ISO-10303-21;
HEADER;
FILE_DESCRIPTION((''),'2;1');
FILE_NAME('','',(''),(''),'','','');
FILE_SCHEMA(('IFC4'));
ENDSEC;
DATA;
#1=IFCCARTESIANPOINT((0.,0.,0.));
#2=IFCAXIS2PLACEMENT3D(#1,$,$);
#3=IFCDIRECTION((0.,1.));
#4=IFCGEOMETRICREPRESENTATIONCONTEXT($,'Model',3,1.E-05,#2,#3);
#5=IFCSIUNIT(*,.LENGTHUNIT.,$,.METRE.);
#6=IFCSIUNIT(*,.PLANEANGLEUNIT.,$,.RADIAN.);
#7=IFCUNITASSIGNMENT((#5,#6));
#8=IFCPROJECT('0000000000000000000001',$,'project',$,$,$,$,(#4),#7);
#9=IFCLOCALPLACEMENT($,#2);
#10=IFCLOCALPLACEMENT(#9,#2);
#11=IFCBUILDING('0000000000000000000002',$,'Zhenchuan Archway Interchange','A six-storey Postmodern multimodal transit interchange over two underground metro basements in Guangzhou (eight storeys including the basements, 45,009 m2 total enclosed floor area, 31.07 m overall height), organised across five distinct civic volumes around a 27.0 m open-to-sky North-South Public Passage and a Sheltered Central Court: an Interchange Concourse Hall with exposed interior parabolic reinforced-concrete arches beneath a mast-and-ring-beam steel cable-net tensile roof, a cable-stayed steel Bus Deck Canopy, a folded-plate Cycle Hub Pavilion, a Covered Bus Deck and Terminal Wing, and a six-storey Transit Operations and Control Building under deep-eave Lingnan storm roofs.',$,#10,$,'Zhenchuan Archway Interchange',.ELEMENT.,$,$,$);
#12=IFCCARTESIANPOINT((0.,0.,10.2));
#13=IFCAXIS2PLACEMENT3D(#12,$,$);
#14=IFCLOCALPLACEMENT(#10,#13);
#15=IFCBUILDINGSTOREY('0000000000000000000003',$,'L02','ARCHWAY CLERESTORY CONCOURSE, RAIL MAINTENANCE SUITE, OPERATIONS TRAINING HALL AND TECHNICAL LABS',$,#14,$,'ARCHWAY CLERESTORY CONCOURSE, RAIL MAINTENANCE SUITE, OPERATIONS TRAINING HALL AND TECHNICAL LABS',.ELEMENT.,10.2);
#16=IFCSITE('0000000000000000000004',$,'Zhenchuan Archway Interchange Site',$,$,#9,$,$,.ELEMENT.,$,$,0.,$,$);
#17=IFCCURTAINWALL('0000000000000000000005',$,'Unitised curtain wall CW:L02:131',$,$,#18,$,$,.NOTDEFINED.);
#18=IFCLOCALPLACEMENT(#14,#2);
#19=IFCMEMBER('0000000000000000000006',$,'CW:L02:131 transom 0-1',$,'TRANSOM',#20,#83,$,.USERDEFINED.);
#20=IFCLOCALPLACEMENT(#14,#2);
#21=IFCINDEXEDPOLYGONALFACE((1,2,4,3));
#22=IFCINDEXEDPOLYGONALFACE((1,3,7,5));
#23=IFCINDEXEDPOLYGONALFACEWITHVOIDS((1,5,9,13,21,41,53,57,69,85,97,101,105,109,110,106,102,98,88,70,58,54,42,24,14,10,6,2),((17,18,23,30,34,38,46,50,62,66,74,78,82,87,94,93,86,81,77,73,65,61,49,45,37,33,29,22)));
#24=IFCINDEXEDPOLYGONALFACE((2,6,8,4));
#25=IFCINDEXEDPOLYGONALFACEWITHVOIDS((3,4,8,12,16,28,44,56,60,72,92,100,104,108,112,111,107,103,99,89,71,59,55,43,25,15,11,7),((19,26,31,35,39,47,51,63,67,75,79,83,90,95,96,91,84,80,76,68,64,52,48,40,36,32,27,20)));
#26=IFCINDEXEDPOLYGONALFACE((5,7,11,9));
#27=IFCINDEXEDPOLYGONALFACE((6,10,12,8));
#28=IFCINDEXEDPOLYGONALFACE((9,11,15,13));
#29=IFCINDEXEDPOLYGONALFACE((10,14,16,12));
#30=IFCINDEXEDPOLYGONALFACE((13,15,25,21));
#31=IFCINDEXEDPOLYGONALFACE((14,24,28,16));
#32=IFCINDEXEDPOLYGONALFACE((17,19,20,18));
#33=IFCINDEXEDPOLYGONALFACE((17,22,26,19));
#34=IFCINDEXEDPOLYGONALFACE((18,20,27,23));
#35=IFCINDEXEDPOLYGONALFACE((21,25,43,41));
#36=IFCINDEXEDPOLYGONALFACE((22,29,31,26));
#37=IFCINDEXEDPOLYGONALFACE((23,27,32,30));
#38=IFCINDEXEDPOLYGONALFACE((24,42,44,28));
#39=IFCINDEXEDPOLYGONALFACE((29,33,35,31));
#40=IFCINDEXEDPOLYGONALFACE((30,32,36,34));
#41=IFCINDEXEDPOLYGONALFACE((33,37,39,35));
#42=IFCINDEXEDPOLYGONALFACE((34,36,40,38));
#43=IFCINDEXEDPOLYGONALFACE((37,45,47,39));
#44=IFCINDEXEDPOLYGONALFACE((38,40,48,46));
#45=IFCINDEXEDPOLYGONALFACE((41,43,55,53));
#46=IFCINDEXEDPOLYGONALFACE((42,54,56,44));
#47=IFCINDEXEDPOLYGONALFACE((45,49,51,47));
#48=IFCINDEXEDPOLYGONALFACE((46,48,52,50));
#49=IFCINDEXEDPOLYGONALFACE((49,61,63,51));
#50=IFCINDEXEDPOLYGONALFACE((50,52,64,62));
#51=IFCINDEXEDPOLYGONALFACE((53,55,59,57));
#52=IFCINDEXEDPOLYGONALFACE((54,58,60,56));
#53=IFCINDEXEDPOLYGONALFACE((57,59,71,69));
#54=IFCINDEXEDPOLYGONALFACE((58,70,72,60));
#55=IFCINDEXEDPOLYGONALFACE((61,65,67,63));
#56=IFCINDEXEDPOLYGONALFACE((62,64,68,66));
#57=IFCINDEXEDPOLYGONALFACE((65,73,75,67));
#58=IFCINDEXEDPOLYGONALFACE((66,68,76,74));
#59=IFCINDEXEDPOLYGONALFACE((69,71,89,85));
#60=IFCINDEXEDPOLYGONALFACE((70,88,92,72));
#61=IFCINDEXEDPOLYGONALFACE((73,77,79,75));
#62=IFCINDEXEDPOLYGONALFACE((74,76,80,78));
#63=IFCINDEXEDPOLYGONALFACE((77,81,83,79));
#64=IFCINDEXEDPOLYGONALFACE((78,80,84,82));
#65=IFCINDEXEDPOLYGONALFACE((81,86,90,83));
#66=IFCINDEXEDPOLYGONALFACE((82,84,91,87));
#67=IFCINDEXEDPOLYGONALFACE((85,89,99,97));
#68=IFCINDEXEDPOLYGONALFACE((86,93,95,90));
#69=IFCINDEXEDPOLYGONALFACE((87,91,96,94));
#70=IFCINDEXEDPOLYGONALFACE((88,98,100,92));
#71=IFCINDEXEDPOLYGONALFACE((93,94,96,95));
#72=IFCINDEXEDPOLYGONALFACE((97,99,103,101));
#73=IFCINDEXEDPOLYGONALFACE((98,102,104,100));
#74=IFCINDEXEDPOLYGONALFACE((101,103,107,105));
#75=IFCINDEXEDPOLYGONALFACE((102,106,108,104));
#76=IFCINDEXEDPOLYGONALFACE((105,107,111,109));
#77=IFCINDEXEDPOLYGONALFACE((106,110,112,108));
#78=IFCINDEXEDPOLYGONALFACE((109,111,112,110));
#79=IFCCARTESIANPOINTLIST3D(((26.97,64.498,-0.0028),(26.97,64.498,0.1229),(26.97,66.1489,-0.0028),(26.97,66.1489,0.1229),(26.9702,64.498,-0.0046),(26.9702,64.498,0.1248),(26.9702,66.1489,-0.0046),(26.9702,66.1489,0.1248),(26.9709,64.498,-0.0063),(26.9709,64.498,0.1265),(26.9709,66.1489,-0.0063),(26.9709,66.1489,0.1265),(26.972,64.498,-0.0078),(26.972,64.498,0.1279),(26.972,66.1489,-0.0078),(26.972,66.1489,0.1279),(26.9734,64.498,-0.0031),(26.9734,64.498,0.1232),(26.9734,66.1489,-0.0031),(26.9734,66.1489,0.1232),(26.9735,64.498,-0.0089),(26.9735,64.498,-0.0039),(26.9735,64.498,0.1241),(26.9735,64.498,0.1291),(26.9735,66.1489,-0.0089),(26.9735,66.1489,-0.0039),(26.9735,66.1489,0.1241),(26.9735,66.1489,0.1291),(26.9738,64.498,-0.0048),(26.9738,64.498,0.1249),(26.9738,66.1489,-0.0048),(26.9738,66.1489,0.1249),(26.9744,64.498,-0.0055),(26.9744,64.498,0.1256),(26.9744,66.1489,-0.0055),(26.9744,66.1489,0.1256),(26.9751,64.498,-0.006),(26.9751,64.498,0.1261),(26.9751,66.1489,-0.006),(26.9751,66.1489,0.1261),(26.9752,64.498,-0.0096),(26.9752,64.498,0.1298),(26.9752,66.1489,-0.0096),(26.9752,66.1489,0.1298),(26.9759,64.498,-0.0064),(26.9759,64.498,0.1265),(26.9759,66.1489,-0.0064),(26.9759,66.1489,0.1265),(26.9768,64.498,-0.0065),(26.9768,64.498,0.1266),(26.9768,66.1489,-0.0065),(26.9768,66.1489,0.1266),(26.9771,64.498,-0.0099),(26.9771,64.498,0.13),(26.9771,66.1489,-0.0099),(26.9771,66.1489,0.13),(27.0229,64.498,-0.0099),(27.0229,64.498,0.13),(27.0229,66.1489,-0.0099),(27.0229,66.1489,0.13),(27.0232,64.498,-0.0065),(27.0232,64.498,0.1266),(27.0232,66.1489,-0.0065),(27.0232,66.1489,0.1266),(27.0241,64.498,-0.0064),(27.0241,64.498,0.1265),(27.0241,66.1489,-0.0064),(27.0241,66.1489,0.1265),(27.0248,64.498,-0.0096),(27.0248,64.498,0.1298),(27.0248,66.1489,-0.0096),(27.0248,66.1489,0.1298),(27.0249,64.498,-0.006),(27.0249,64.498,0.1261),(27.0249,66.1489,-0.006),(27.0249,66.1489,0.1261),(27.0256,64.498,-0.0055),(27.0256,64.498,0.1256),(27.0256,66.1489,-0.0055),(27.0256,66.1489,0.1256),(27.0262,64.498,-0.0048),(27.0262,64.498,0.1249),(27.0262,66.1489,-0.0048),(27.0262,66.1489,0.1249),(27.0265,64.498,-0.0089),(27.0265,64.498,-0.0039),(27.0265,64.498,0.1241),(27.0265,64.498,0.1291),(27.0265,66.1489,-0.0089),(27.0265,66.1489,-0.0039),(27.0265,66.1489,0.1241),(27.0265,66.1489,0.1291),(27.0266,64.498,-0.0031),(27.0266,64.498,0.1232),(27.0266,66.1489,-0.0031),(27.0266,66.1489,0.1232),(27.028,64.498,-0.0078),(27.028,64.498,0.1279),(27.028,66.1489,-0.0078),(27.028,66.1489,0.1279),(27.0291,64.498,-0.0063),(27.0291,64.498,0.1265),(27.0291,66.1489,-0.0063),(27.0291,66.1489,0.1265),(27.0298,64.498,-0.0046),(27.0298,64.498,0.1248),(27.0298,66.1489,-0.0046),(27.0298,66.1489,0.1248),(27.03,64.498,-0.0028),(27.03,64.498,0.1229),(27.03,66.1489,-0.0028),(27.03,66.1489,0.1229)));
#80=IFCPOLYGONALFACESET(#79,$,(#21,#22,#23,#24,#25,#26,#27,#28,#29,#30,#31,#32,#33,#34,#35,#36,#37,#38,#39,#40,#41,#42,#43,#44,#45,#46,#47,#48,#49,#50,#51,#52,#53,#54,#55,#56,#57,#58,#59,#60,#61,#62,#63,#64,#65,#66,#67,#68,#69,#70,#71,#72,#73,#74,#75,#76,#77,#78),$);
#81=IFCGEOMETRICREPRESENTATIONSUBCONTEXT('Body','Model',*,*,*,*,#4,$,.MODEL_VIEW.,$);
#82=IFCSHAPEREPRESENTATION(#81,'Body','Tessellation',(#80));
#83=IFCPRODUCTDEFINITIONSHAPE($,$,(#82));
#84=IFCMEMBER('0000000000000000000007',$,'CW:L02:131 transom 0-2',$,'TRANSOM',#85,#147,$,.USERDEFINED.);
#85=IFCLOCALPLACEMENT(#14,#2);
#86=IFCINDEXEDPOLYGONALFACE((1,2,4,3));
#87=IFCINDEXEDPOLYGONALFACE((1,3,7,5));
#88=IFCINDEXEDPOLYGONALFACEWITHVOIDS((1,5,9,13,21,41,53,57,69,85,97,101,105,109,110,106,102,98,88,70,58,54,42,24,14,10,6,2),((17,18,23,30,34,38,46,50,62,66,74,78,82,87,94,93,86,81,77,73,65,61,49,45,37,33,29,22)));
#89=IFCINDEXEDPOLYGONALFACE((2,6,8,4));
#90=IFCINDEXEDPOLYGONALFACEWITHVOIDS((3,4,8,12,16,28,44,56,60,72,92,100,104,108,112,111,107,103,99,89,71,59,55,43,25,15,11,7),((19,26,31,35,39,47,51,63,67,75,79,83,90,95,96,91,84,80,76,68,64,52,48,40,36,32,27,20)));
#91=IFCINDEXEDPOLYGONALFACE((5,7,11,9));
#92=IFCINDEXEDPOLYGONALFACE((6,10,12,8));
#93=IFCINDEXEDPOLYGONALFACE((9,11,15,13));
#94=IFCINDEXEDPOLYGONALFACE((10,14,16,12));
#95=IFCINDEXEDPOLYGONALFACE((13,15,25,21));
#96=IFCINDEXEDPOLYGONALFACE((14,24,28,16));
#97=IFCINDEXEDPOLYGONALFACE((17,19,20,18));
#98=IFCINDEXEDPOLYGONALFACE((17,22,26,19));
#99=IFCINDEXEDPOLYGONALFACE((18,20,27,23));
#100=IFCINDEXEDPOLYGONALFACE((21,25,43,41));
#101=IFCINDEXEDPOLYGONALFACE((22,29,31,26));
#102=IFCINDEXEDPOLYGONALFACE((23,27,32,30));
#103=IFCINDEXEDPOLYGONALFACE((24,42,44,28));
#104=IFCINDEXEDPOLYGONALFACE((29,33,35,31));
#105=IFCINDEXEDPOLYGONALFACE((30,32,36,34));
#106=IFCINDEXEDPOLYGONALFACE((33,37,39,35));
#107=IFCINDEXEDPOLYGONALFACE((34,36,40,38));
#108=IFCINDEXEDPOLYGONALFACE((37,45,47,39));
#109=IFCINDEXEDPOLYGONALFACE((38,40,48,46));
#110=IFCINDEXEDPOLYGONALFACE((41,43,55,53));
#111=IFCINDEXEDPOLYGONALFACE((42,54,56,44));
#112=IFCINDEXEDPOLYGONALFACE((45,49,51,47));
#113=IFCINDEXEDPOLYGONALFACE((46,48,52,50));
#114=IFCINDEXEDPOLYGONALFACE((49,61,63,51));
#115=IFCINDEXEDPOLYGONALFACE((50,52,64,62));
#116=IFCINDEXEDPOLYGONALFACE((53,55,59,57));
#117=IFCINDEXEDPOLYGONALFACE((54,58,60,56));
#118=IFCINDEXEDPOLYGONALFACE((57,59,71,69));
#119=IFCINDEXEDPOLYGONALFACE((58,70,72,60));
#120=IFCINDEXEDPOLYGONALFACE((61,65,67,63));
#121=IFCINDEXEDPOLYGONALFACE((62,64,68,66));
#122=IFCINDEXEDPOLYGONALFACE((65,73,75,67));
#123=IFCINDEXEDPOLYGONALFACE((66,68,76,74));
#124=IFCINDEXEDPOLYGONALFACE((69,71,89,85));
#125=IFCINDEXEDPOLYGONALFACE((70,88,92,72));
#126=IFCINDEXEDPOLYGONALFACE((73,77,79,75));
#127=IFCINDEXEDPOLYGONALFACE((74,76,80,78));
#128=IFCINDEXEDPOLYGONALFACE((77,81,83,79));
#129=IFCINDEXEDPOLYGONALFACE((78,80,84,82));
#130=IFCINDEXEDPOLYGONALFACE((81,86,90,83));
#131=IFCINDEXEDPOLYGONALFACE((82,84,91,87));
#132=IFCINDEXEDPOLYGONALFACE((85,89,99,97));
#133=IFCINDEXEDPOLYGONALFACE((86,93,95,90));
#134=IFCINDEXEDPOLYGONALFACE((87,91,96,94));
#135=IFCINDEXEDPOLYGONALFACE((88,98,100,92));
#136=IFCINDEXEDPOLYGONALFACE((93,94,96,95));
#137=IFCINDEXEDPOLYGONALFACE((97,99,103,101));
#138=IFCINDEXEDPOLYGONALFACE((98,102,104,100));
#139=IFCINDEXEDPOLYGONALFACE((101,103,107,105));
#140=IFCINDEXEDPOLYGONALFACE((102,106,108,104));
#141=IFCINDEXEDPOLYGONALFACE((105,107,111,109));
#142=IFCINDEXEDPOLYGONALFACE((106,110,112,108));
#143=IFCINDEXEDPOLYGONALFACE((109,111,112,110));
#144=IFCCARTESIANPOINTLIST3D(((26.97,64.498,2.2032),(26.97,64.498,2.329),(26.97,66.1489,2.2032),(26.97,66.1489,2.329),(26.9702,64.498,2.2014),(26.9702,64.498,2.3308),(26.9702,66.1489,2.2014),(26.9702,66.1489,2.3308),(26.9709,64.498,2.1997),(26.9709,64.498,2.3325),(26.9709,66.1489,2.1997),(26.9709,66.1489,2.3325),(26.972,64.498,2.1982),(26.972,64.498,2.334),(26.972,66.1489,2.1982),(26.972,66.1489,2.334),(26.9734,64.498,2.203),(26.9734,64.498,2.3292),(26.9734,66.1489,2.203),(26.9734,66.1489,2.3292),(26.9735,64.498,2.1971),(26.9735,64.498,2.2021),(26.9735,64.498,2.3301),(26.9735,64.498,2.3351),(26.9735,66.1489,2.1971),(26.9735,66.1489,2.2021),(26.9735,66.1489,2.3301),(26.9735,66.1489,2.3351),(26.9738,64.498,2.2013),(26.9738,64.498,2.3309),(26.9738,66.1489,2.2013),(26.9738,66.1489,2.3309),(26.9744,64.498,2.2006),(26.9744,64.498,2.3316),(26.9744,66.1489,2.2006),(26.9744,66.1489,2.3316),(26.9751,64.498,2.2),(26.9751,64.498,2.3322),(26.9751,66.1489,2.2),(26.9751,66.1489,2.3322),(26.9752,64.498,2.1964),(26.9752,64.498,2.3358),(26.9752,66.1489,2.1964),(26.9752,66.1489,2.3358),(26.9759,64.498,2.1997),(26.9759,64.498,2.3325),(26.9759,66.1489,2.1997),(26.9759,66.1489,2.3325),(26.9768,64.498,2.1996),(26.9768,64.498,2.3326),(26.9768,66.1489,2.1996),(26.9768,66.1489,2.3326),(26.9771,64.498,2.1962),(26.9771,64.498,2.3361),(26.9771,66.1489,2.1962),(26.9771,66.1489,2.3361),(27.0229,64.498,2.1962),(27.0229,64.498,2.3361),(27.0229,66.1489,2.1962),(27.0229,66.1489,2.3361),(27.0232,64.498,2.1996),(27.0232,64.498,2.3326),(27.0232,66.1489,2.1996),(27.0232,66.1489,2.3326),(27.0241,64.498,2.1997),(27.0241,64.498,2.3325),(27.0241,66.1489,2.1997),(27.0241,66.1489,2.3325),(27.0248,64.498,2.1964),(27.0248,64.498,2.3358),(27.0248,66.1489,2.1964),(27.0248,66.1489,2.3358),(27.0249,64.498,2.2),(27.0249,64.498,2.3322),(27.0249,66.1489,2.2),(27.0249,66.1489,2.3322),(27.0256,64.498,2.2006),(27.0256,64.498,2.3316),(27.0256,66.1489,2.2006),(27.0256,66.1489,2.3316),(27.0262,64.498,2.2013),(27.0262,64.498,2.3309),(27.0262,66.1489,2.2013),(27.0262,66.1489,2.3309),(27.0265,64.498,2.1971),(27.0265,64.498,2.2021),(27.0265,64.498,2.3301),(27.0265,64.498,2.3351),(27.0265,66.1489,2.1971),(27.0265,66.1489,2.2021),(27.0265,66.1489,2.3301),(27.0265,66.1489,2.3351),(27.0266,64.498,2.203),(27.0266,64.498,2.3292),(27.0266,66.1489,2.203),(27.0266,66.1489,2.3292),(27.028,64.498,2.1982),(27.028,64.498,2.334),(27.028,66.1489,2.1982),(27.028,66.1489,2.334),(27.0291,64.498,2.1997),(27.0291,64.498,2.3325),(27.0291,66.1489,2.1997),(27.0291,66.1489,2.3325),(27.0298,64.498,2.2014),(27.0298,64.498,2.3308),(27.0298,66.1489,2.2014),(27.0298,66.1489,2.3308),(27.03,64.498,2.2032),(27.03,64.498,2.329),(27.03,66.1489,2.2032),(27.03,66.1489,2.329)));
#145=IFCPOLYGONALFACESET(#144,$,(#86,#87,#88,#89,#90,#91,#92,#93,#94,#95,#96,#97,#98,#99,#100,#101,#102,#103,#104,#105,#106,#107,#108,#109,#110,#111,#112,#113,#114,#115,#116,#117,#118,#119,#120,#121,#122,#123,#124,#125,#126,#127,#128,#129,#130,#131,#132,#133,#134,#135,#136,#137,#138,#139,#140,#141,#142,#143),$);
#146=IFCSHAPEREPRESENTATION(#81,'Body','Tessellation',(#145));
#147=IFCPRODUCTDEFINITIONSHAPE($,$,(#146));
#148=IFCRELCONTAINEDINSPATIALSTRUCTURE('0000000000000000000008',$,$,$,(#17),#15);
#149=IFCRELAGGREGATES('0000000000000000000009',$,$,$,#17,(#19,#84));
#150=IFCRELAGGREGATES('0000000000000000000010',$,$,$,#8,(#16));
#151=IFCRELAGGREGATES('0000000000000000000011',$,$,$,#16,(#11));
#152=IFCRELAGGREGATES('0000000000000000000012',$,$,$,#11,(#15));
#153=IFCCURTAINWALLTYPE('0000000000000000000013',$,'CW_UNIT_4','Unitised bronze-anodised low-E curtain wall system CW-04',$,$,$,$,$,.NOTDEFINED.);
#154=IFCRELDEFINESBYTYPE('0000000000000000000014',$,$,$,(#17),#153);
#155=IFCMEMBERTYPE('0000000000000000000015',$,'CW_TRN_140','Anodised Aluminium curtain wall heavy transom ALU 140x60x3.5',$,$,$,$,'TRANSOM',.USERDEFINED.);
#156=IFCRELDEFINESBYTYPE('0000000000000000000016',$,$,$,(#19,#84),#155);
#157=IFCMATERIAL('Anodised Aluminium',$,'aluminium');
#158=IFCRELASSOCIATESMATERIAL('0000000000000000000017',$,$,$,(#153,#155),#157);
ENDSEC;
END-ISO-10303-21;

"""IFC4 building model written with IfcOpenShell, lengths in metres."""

from ifc_helpers import new_model, si_unit, direction, frame, origin, origin_2d, place, context, subcontext, project, spatial, hollow_rectangle, extrude, material, material_profile, profile_set, type_object, element, aggregate, save


model = new_model("IFC4")

# Units and contexts
model_context = context("Model", 3, precision=1e-05, world=origin(), true_north=direction((0.0, 1.0)))
body_context = subcontext(model_context, "Body", "Model", "MODEL_VIEW")
ifc_project = project(units=[si_unit("LENGTHUNIT", "METRE"), si_unit("PLANEANGLEUNIT", "RADIAN")], contexts=[model_context])

# Site, building, storey
site_placement = place(None, origin())
site = spatial("IfcSite", under=ifc_project, at=site_placement, Name="Zhenchuan Archway Interchange Site", CompositionType="ELEMENT", RefElevation=0.0)
building_placement = place(site_placement, origin())
building = spatial("IfcBuilding", under=site, at=building_placement, Name="Zhenchuan Archway Interchange", Description="A six-storey Postmodern multimodal transit interchange over two underground metro basements in Guangzhou (eight storeys including the basements, 45,009 m2 total enclosed floor area, 31.07 m overall height), organised across five distinct civic volumes around a 27.0 m open-to-sky North-South Public Passage and a Sheltered Central Court: an Interchange Concourse Hall with exposed interior parabolic reinforced-concrete arches beneath a mast-and-ring-beam steel cable-net tensile roof, a cable-stayed steel Bus Deck Canopy, a folded-plate Cycle Hub Pavilion, a Covered Bus Deck and Terminal Wing, and a six-storey Transit Operations and Control Building under deep-eave Lingnan storm roofs.", LongName="Zhenchuan Archway Interchange", CompositionType="ELEMENT")
storey_placement = place(building_placement, frame((0.0, 0.0, 10.2)))
storey = spatial("IfcBuildingStorey", under=building, at=storey_placement, Name="L02", Description="ARCHWAY CLERESTORY CONCOURSE, RAIL MAINTENANCE SUITE, OPERATIONS TRAINING HALL AND TECHNICAL LABS", LongName="ARCHWAY CLERESTORY CONCOURSE, RAIL MAINTENANCE SUITE, OPERATIONS TRAINING HALL AND TECHNICAL LABS", CompositionType="ELEMENT", Elevation=10.2)

# Shared definitions
ifc_material_1 = material(Name="Anodised Aluminium", Category="aluminium")

# Curtain wall
curtain_wall_type_1 = type_object("IfcCurtainWallType", Name="CW_UNIT_4", Description="Unitised bronze-anodised low-E curtain wall system CW-04", PredefinedType="NOTDEFINED", material=ifc_material_1)
curtain_wall_1_placement = place(storey_placement, origin())
curtain_wall_1 = element("IfcCurtainWall", 1, at=curtain_wall_1_placement, inside=storey, type_object=curtain_wall_type_1, Name="Unitised curtain wall CW:L02:131", PredefinedType="NOTDEFINED")

# Members
ifc_material_profile_1 = material_profile(ifc_material_1, hollow_rectangle(XDim=0.0601, YDim=0.1399, WallThickness=0.0034, InnerFilletRadius=0.0034, OuterFilletRadius=0.0071, at=origin_2d()), Name="ALU 140x60x3.5")
ifc_profile_set_1 = profile_set([ifc_material_profile_1], Name="Anodised Aluminium")
member_type_1 = type_object("IfcMemberType", Name="CW_TRN_140", Description="Anodised Aluminium curtain wall heavy transom ALU 140x60x3.5", ElementType="TRANSOM", PredefinedType="USERDEFINED", material=ifc_profile_set_1)
member_1_placement = place(storey_placement, frame((27.0, 64.498, 0.0601), z_axis=(0.0, 1.0, 0.0), x_axis=(-1.0, 0.0, 0.0)))
member_1 = element("IfcMember", 2, at=member_1_placement, type_object=member_type_1, Name="CW:L02:131 transom 0-1", ObjectType="TRANSOM", PredefinedType="USERDEFINED", context=body_context, shape_type="SweptSolid", body=[
    extrude(hollow_rectangle(XDim=0.0601, YDim=0.1399, WallThickness=0.0034, InnerFilletRadius=0.0034, OuterFilletRadius=0.0071, at=origin_2d()), origin(), (0.0, 0.0, 1.0), 1.6509),
])
member_2_placement = place(storey_placement, frame((27.0, 64.498, 2.2661), z_axis=(0.0, 1.0, 0.0), x_axis=(-1.0, 0.0, 0.0)))
member_2 = element("IfcMember", 3, at=member_2_placement, type_object=member_type_1, Name="CW:L02:131 transom 0-2", ObjectType="TRANSOM", PredefinedType="USERDEFINED", context=body_context, shape_type="SweptSolid", body=[
    extrude(hollow_rectangle(XDim=0.0601, YDim=0.1399, WallThickness=0.0034, InnerFilletRadius=0.0034, OuterFilletRadius=0.0071, at=origin_2d()), origin(), (0.0, 0.0, 1.0), 1.6509),
])

aggregate(curtain_wall_1, [member_1, member_2])

save(model, "model.ifc")
